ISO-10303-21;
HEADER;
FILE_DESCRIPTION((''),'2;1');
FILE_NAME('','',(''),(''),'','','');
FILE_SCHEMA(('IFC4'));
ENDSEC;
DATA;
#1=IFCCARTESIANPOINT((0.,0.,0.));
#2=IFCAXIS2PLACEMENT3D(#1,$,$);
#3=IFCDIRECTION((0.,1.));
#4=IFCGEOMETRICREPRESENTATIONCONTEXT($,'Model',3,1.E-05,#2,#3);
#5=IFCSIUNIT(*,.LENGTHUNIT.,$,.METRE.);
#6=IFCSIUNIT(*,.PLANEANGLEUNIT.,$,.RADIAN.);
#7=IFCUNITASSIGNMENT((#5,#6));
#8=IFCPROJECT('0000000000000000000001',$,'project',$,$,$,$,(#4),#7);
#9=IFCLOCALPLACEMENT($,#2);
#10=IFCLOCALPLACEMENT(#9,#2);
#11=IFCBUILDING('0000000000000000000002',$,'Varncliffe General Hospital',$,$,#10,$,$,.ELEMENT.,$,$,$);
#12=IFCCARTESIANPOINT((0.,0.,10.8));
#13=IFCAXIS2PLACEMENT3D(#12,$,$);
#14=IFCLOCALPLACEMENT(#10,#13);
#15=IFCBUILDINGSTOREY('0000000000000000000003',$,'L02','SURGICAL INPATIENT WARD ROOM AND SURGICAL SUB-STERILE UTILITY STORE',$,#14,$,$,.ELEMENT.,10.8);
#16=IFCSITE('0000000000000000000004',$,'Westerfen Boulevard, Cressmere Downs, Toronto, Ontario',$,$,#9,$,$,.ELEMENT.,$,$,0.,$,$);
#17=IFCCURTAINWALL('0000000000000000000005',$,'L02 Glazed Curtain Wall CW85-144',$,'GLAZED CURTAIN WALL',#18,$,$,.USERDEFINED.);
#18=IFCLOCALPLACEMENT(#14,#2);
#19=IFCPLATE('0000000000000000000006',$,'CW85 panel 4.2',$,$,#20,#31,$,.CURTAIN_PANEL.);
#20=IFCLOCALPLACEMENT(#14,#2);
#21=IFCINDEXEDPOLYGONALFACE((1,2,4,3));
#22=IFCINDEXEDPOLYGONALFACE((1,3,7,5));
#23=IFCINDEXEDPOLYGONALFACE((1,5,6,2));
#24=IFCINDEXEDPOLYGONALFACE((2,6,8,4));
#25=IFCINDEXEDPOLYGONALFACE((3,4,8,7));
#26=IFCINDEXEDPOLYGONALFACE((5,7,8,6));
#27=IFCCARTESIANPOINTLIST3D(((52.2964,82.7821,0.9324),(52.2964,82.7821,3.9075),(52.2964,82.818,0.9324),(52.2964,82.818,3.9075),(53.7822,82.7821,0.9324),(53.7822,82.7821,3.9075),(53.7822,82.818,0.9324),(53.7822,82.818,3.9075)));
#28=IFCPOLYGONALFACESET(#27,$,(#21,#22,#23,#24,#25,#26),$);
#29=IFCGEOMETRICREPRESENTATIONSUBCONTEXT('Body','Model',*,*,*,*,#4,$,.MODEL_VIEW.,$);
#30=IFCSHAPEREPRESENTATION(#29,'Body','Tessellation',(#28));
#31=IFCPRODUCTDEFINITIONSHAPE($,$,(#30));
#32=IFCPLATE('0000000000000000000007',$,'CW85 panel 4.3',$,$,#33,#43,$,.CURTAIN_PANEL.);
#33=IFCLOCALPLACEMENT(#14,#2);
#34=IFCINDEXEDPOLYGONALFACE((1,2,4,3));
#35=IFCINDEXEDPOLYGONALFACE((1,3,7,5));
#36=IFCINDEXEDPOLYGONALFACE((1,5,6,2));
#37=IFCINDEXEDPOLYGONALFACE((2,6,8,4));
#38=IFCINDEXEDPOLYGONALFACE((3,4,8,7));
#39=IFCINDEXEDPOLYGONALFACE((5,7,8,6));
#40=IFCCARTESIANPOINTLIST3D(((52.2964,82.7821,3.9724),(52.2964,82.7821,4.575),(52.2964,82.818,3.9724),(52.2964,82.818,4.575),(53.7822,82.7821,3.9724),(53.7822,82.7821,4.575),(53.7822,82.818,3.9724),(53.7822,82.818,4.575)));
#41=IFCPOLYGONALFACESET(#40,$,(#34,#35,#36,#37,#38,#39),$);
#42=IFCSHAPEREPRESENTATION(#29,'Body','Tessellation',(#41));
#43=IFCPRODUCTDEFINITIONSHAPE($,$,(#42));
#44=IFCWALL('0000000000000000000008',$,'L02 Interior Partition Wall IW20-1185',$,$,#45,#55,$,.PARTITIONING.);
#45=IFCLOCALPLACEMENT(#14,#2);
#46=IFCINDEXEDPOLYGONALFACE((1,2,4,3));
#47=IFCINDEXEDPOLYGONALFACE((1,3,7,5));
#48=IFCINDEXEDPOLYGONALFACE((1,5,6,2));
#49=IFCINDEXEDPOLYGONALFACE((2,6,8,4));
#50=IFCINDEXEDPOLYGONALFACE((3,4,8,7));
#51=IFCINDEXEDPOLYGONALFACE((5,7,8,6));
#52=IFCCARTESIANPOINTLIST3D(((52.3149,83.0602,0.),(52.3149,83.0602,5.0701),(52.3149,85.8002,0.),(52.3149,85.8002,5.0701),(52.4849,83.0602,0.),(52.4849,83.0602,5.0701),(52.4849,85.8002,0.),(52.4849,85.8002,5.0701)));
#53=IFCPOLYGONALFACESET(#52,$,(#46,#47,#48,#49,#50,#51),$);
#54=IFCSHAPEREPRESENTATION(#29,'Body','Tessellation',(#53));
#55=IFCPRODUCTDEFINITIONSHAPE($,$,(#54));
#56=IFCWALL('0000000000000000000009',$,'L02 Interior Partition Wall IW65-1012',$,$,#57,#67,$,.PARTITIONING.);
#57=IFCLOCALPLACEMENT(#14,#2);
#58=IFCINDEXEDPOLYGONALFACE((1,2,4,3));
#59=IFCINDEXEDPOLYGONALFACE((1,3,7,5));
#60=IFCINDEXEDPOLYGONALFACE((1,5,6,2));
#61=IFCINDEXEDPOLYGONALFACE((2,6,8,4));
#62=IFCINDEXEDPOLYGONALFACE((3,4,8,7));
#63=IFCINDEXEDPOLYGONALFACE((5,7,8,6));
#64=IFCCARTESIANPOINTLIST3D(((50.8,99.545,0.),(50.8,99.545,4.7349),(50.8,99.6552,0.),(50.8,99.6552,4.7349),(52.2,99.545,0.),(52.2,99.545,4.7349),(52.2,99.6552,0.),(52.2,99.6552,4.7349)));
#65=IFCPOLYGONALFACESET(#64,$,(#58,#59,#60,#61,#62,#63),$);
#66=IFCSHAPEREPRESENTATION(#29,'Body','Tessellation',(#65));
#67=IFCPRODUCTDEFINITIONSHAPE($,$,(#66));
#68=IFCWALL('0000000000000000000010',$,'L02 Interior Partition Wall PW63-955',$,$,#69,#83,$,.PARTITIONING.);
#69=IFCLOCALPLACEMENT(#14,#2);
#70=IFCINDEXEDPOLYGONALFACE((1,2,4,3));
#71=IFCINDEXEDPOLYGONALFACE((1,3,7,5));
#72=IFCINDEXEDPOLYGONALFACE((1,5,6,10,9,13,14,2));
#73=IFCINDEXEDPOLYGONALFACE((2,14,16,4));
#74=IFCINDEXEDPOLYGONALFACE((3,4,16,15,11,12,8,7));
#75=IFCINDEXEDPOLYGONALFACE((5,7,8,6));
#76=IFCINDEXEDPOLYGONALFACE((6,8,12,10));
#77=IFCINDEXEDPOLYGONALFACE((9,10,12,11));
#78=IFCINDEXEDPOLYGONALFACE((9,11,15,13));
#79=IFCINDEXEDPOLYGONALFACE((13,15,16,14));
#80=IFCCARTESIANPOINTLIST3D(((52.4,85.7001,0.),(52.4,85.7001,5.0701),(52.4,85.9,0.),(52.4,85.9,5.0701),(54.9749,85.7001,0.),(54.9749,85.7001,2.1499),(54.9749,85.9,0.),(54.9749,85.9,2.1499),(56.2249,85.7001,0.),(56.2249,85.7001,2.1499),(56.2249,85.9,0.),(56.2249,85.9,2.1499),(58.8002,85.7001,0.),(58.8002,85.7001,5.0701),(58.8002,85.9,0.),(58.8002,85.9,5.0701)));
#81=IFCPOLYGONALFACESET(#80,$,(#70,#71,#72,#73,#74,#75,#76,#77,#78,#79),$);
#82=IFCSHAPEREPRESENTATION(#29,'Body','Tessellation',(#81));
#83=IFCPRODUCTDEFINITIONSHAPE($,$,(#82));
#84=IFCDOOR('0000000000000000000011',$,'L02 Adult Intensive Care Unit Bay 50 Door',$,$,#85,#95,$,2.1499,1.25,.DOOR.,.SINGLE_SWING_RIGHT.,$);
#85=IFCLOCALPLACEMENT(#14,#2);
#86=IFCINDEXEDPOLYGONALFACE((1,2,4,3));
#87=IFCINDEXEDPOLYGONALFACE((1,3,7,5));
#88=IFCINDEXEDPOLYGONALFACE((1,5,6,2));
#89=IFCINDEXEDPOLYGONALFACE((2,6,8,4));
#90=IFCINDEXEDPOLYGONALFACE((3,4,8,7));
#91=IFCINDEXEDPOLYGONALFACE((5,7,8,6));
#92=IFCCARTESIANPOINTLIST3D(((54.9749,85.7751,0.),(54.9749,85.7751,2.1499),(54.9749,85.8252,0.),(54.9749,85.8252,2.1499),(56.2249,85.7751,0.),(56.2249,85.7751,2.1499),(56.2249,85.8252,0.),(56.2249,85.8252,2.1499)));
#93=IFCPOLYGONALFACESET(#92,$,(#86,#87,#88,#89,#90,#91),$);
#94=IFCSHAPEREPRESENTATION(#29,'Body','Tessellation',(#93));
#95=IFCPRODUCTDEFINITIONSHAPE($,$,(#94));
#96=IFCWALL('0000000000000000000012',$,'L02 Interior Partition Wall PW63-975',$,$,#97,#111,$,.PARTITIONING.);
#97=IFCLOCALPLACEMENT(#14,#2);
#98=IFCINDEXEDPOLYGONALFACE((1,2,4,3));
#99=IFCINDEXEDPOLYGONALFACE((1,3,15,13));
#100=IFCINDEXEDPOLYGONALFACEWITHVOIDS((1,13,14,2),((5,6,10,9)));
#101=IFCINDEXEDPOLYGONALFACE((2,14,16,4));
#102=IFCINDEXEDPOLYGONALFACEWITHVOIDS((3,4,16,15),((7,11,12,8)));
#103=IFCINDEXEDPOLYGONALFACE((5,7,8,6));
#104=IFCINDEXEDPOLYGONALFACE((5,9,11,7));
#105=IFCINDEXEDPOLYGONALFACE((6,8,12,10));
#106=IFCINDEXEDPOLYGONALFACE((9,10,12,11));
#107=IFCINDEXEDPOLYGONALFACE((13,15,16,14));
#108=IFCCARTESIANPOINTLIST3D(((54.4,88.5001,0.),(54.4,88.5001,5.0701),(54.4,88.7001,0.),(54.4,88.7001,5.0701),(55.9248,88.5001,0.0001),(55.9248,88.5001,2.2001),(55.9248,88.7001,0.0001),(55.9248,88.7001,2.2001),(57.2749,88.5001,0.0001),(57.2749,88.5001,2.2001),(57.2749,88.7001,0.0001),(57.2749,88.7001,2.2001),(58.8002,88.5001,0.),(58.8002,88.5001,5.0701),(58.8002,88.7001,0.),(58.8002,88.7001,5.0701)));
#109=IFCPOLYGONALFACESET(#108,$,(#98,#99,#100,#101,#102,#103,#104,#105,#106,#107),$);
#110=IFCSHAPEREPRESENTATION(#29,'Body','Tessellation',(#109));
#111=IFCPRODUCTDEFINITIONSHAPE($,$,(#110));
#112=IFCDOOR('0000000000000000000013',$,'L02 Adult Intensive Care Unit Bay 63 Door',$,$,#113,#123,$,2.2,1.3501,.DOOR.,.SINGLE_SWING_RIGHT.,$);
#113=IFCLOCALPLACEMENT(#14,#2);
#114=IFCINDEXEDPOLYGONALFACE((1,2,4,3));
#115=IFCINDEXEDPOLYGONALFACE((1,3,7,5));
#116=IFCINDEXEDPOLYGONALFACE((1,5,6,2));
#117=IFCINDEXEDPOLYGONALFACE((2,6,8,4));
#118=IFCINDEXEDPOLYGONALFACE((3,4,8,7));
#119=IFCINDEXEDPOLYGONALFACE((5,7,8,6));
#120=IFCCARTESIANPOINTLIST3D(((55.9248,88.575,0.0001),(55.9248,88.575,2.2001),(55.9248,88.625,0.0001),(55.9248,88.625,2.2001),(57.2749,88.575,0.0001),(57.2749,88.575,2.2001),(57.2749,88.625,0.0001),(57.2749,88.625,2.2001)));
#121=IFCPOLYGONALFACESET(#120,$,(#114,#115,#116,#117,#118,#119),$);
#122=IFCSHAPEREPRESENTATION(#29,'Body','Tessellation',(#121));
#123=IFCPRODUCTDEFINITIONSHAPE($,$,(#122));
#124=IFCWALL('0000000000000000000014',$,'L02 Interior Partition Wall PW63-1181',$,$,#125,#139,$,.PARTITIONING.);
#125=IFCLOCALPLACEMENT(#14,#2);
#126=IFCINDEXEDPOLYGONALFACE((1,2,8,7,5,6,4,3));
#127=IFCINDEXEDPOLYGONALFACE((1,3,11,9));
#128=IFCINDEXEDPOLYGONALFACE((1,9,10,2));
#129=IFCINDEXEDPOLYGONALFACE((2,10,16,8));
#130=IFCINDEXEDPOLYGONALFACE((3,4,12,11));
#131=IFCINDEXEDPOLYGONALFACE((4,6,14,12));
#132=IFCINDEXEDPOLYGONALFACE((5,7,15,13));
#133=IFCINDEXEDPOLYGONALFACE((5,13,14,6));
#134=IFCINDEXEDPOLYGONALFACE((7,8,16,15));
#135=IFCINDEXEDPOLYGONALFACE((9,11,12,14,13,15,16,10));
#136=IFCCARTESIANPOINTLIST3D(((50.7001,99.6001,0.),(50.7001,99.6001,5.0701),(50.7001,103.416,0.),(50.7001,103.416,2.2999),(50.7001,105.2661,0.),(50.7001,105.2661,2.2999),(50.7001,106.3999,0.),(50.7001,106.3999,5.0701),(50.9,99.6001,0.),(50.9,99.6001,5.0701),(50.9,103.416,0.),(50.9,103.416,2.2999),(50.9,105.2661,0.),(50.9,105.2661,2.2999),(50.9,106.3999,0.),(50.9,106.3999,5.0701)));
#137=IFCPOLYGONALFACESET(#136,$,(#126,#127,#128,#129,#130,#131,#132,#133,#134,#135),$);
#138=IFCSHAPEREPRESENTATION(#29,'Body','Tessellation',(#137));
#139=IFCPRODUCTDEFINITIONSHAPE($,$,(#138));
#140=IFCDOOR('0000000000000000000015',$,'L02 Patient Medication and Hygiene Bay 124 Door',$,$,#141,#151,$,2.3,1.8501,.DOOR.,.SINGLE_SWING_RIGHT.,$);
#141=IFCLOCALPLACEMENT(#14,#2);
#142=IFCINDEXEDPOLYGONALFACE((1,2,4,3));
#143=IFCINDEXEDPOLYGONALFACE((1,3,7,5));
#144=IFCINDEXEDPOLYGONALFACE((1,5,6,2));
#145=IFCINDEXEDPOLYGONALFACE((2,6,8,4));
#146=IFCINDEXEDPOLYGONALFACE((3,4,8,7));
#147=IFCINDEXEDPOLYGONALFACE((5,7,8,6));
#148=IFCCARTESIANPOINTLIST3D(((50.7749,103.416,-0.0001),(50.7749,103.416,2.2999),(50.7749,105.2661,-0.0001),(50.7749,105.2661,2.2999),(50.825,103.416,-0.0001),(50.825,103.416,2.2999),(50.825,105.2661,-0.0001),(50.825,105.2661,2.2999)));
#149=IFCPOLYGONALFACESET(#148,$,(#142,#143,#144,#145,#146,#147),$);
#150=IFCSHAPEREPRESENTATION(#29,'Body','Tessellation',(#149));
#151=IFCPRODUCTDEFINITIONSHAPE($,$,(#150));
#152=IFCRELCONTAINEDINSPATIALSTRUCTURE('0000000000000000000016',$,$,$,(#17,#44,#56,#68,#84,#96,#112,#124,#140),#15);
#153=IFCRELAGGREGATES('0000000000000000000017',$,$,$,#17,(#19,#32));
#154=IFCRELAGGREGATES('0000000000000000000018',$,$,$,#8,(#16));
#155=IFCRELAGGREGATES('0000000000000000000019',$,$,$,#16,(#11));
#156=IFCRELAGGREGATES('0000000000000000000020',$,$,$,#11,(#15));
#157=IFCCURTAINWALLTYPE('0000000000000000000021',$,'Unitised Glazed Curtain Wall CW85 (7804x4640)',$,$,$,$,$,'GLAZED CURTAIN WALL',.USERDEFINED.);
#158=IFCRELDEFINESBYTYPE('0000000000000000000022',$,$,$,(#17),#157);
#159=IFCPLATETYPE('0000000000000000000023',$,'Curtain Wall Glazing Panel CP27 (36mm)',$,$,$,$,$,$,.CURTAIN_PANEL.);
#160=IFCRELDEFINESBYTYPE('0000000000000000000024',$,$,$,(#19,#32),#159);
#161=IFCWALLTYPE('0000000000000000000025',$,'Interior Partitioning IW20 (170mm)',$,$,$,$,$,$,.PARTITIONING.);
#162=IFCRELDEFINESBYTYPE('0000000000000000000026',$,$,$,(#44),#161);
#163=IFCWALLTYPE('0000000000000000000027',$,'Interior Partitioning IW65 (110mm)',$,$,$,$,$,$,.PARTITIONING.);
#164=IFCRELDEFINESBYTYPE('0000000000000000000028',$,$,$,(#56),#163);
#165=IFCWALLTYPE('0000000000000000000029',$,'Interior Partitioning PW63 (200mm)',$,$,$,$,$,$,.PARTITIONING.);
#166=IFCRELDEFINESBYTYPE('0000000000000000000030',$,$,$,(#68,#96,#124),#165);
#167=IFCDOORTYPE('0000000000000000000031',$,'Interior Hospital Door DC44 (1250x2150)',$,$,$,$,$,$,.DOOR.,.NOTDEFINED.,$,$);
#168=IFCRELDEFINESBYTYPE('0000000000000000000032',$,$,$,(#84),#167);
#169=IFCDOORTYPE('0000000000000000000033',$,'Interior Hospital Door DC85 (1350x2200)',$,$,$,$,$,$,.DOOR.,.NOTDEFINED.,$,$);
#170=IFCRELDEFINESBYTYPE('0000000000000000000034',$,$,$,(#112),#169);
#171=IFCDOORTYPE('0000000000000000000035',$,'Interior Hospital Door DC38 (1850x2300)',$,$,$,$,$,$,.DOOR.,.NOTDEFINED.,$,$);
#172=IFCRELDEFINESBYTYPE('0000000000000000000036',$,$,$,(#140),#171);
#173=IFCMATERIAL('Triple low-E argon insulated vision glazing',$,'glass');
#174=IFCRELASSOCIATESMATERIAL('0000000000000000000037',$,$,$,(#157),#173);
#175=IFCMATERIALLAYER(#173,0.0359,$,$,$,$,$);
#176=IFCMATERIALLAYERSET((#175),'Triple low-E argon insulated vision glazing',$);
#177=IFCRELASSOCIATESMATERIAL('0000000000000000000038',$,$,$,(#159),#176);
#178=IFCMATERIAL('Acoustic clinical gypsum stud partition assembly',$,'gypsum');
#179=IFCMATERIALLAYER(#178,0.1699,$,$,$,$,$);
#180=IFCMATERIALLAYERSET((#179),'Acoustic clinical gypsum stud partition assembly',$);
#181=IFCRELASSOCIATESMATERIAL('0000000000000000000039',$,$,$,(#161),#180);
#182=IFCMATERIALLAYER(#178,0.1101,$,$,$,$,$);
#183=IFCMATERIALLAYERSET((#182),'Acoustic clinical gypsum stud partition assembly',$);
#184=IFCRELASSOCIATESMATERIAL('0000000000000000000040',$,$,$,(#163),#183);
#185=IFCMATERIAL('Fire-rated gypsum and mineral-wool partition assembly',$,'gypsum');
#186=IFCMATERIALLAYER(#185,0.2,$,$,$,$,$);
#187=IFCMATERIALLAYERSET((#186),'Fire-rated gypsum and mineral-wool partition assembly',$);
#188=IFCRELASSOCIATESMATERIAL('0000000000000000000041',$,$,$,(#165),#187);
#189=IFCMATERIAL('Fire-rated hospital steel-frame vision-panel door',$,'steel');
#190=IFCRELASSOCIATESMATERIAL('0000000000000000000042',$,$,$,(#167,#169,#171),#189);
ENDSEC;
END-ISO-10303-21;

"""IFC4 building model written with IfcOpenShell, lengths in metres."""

from ifc_helpers import new_model, si_unit, direction, frame, frame_2d, origin, origin_2d, place, context, subcontext, project, spatial, rectangle, extrude, material, layer, layer_set, type_object, element, fill, aggregate, save


model = new_model("IFC4")

# Units and contexts
model_context = context("Model", 3, precision=1e-05, world=origin(), true_north=direction((0.0, 1.0)))
body_context = subcontext(model_context, "Body", "Model", "MODEL_VIEW")
ifc_project = project(units=[si_unit("LENGTHUNIT", "METRE"), si_unit("PLANEANGLEUNIT", "RADIAN")], contexts=[model_context])

# Site, building, storey
site_placement = place(None, origin())
site = spatial("IfcSite", under=ifc_project, at=site_placement, Name="Westerfen Boulevard, Cressmere Downs, Toronto, Ontario", CompositionType="ELEMENT", RefElevation=0.0)
building_placement = place(site_placement, origin())
building = spatial("IfcBuilding", under=site, at=building_placement, Name="Varncliffe General Hospital", CompositionType="ELEMENT")
storey_placement = place(building_placement, frame((0.0, 0.0, 10.8)))
storey = spatial("IfcBuildingStorey", under=building, at=storey_placement, Name="L02", Description="SURGICAL INPATIENT WARD ROOM AND SURGICAL SUB-STERILE UTILITY STORE", CompositionType="ELEMENT", Elevation=10.8)

# Curtain wall
ifc_material_1 = material(Name="Triple low-E argon insulated vision glazing", Category="glass")
curtain_wall_type = type_object("IfcCurtainWallType", Name="Unitised Glazed Curtain Wall CW85 (7804x4640)", ElementType="GLAZED CURTAIN WALL", PredefinedType="USERDEFINED", material=ifc_material_1)
curtain_wall_placement = place(storey_placement, origin())
curtain_wall = element("IfcCurtainWall", 1, at=curtain_wall_placement, inside=storey, type_object=curtain_wall_type, Name="L02 Glazed Curtain Wall CW85-144", ObjectType="GLAZED CURTAIN WALL", PredefinedType="USERDEFINED")

# Plates
ifc_layer_1 = layer(ifc_material_1, 0.0359)
ifc_layer_set_1 = layer_set([ifc_layer_1], Name="Triple low-E argon insulated vision glazing")
plate_type = type_object("IfcPlateType", Name="Curtain Wall Glazing Panel CP27 (36mm)", PredefinedType="CURTAIN_PANEL", material=ifc_layer_set_1)
plate_1_placement = place(storey_placement, frame((53.0393, 82.8, 0.9324), z_axis=(0.0, 0.0, 1.0), x_axis=(-1.0, 0.0, 0.0)))
plate_1 = element("IfcPlate", 2, at=plate_1_placement, type_object=plate_type, Name="CW85 panel 4.2", PredefinedType="CURTAIN_PANEL", context=body_context, shape_type="SweptSolid", body=[
    extrude(rectangle(XDim=1.4858, YDim=0.0359, at=origin_2d()), origin(), (0.0, 0.0, 1.0), 2.9751),
])
plate_2_placement = place(storey_placement, frame((53.0393, 82.8, 3.9724), z_axis=(0.0, 0.0, 1.0), x_axis=(-1.0, 0.0, 0.0)))
plate_2 = element("IfcPlate", 3, at=plate_2_placement, type_object=plate_type, Name="CW85 panel 4.3", PredefinedType="CURTAIN_PANEL", context=body_context, shape_type="SweptSolid", body=[
    extrude(rectangle(XDim=1.4858, YDim=0.0359, at=origin_2d()), origin(), (0.0, 0.0, 1.0), 0.6025),
])
aggregate(curtain_wall, [plate_1, plate_2])

# Walls
ifc_material_2 = material(Name="Acoustic clinical gypsum stud partition assembly", Category="gypsum")
ifc_layer_2 = layer(ifc_material_2, 0.1699)
ifc_layer_set_2 = layer_set([ifc_layer_2], Name="Acoustic clinical gypsum stud partition assembly")
wall_type_1 = type_object("IfcWallType", Name="Interior Partitioning IW20 (170mm)", PredefinedType="PARTITIONING", material=ifc_layer_set_2)
wall_1_placement = place(storey_placement, frame((52.3999, 83.0601, 0.0), z_axis=(0.0, 0.0, 1.0), x_axis=(0.0, 1.0, 0.0)))
element("IfcWall", 4, at=wall_1_placement, inside=storey, type_object=wall_type_1, Name="L02 Interior Partition Wall IW20-1185", PredefinedType="PARTITIONING", context=body_context, shape_type="SweptSolid", body=[
    extrude(rectangle(XDim=2.74, YDim=0.1699, at=frame_2d((1.3701, 0.0))), origin(), (0.0, 0.0, 1.0), 5.0701),
])
ifc_layer_3 = layer(ifc_material_2, 0.1101)
ifc_layer_set_3 = layer_set([ifc_layer_3], Name="Acoustic clinical gypsum stud partition assembly")
wall_type_2 = type_object("IfcWallType", Name="Interior Partitioning IW65 (110mm)", PredefinedType="PARTITIONING", material=ifc_layer_set_3)
wall_2_placement = place(storey_placement, frame((50.8, 99.6001, 0.0), z_axis=(0.0, 0.0, 1.0), x_axis=(1.0, 0.0, 0.0)))
element("IfcWall", 5, at=wall_2_placement, inside=storey, type_object=wall_type_2, Name="L02 Interior Partition Wall IW65-1012", PredefinedType="PARTITIONING", context=body_context, shape_type="SweptSolid", body=[
    extrude(rectangle(XDim=1.3999, YDim=0.1101, at=frame_2d((0.7, 0.0))), origin(), (0.0, 0.0, 1.0), 4.7349),
])

# Walls, openings, doors
ifc_material_3 = material(Name="Fire-rated gypsum and mineral-wool partition assembly", Category="gypsum")
ifc_layer_4 = layer(ifc_material_3, 0.2)
ifc_layer_set_4 = layer_set([ifc_layer_4], Name="Fire-rated gypsum and mineral-wool partition assembly")
wall_type_3 = type_object("IfcWallType", Name="Interior Partitioning PW63 (200mm)", PredefinedType="PARTITIONING", material=ifc_layer_set_4)
wall_3_placement = place(storey_placement, frame((52.3999, 85.8, 0.0), z_axis=(0.0, 0.0, 1.0), x_axis=(1.0, 0.0, 0.0)))
wall_3 = element("IfcWall", 6, at=wall_3_placement, inside=storey, type_object=wall_type_3, Name="L02 Interior Partition Wall PW63-955", PredefinedType="PARTITIONING", context=body_context, shape_type="SweptSolid", body=[
    extrude(rectangle(XDim=6.4001, YDim=0.2, at=frame_2d((3.2002, 0.0))), origin(), (0.0, 0.0, 1.0), 5.0701),
])
opening_1_placement = place(wall_3_placement, frame((2.575, 0.0, 0.0)))
opening_1 = element("IfcOpeningElement", 7, at=opening_1_placement, cuts=wall_3, PredefinedType="OPENING", context=body_context, shape_type="SweptSolid", body=[
    extrude(rectangle(XDim=1.25, YDim=2.1499, at=frame_2d((0.625, 1.075))), frame((0.0, 0.1099, 0.0), z_axis=(0.0, -1.0, 0.0), x_axis=(1.0, 0.0, 0.0)), (0.0, 0.0, 1.0), 0.22),
])
ifc_material_4 = material(Name="Fire-rated hospital steel-frame vision-panel door", Category="steel")
door_type_1 = type_object("IfcDoorType", Name="Interior Hospital Door DC44 (1250x2150)", OperationType="NOTDEFINED", PredefinedType="DOOR", material=ifc_material_4)
door_1_placement = place(opening_1_placement, frame((1.25, 0.0, 0.0), z_axis=(0.0, 0.0, 1.0), x_axis=(-1.0, 0.0, 0.0)))
door_1 = element("IfcDoor", 8, at=door_1_placement, inside=storey, type_object=door_type_1, Name="L02 Adult Intensive Care Unit Bay 50 Door", OperationType="SINGLE_SWING_RIGHT", OverallHeight=2.1499, OverallWidth=1.25, PredefinedType="DOOR", context=body_context, shape_type="SweptSolid", body=[
    extrude(rectangle(XDim=1.25, YDim=2.1499, at=frame_2d((0.625, 1.075))), frame((0.0, 0.0249, 0.0), z_axis=(0.0, -1.0, 0.0), x_axis=(1.0, 0.0, 0.0)), (0.0, 0.0, 1.0), 0.05),
])
fill(opening_1, door_1)
wall_4_placement = place(storey_placement, frame((54.3999, 88.6001, 0.0), z_axis=(0.0, 0.0, 1.0), x_axis=(1.0, 0.0, 0.0)))
wall_4 = element("IfcWall", 9, at=wall_4_placement, inside=storey, type_object=wall_type_3, Name="L02 Interior Partition Wall PW63-975", PredefinedType="PARTITIONING", context=body_context, shape_type="SweptSolid", body=[
    extrude(rectangle(XDim=4.4001, YDim=0.2, at=frame_2d((2.2002, 0.0))), origin(), (0.0, 0.0, 1.0), 5.0701),
])
opening_2_placement = place(wall_4_placement, frame((1.5249, 0.0, 0.0)))
opening_2 = element("IfcOpeningElement", 10, at=opening_2_placement, cuts=wall_4, PredefinedType="OPENING", context=body_context, shape_type="SweptSolid", body=[
    extrude(rectangle(XDim=1.3501, YDim=2.2, at=frame_2d((0.675, 1.1001))), frame((0.0, 0.1099, 0.0), z_axis=(0.0, -1.0, 0.0), x_axis=(1.0, 0.0, 0.0)), (0.0, 0.0, 1.0), 0.22),
])
door_type_2 = type_object("IfcDoorType", Name="Interior Hospital Door DC85 (1350x2200)", OperationType="NOTDEFINED", PredefinedType="DOOR", material=ifc_material_4)
door_2_placement = place(opening_2_placement, origin())
door_2 = element("IfcDoor", 11, at=door_2_placement, inside=storey, type_object=door_type_2, Name="L02 Adult Intensive Care Unit Bay 63 Door", OperationType="SINGLE_SWING_RIGHT", OverallHeight=2.2, OverallWidth=1.3501, PredefinedType="DOOR", context=body_context, shape_type="SweptSolid", body=[
    extrude(rectangle(XDim=1.3501, YDim=2.2, at=frame_2d((0.675, 1.1001))), frame((0.0, 0.0249, 0.0), z_axis=(0.0, -1.0, 0.0), x_axis=(1.0, 0.0, 0.0)), (0.0, 0.0, 1.0), 0.05),
])
fill(opening_2, door_2)
wall_5_placement = place(storey_placement, frame((50.8, 99.6001, 0.0), z_axis=(0.0, 0.0, 1.0), x_axis=(0.0, 1.0, 0.0)))
wall_5 = element("IfcWall", 12, at=wall_5_placement, inside=storey, type_object=wall_type_3, Name="L02 Interior Partition Wall PW63-1181", PredefinedType="PARTITIONING", context=body_context, shape_type="SweptSolid", body=[
    extrude(rectangle(XDim=6.7998, YDim=0.2, at=frame_2d((3.3999, 0.0))), origin(), (0.0, 0.0, 1.0), 5.0701),
])
opening_3_placement = place(wall_5_placement, frame((3.8159, 0.0, 0.0)))
opening_3 = element("IfcOpeningElement", 13, at=opening_3_placement, cuts=wall_5, PredefinedType="OPENING", context=body_context, shape_type="SweptSolid", body=[
    extrude(rectangle(XDim=1.8501, YDim=2.3, at=frame_2d((0.925, 1.1499))), frame((0.0, 0.1099, 0.0), z_axis=(0.0, -1.0, 0.0), x_axis=(1.0, 0.0, 0.0)), (0.0, 0.0, 1.0), 0.22),
])
door_type_3 = type_object("IfcDoorType", Name="Interior Hospital Door DC38 (1850x2300)", OperationType="NOTDEFINED", PredefinedType="DOOR", material=ifc_material_4)
door_3_placement = place(opening_3_placement, frame((1.8501, 0.0, 0.0), z_axis=(0.0, 0.0, 1.0), x_axis=(-1.0, 0.0, 0.0)))
door_3 = element("IfcDoor", 14, at=door_3_placement, inside=storey, type_object=door_type_3, Name="L02 Patient Medication and Hygiene Bay 124 Door", OperationType="SINGLE_SWING_RIGHT", OverallHeight=2.3, OverallWidth=1.8501, PredefinedType="DOOR", context=body_context, shape_type="SweptSolid", body=[
    extrude(rectangle(XDim=1.8501, YDim=2.3, at=frame_2d((0.925, 1.1499))), frame((0.0, 0.0249, 0.0), z_axis=(0.0, -1.0, 0.0), x_axis=(1.0, 0.0, 0.0)), (0.0, 0.0, 1.0), 0.05),
])
fill(opening_3, door_3)

save(model, "model.ifc")
